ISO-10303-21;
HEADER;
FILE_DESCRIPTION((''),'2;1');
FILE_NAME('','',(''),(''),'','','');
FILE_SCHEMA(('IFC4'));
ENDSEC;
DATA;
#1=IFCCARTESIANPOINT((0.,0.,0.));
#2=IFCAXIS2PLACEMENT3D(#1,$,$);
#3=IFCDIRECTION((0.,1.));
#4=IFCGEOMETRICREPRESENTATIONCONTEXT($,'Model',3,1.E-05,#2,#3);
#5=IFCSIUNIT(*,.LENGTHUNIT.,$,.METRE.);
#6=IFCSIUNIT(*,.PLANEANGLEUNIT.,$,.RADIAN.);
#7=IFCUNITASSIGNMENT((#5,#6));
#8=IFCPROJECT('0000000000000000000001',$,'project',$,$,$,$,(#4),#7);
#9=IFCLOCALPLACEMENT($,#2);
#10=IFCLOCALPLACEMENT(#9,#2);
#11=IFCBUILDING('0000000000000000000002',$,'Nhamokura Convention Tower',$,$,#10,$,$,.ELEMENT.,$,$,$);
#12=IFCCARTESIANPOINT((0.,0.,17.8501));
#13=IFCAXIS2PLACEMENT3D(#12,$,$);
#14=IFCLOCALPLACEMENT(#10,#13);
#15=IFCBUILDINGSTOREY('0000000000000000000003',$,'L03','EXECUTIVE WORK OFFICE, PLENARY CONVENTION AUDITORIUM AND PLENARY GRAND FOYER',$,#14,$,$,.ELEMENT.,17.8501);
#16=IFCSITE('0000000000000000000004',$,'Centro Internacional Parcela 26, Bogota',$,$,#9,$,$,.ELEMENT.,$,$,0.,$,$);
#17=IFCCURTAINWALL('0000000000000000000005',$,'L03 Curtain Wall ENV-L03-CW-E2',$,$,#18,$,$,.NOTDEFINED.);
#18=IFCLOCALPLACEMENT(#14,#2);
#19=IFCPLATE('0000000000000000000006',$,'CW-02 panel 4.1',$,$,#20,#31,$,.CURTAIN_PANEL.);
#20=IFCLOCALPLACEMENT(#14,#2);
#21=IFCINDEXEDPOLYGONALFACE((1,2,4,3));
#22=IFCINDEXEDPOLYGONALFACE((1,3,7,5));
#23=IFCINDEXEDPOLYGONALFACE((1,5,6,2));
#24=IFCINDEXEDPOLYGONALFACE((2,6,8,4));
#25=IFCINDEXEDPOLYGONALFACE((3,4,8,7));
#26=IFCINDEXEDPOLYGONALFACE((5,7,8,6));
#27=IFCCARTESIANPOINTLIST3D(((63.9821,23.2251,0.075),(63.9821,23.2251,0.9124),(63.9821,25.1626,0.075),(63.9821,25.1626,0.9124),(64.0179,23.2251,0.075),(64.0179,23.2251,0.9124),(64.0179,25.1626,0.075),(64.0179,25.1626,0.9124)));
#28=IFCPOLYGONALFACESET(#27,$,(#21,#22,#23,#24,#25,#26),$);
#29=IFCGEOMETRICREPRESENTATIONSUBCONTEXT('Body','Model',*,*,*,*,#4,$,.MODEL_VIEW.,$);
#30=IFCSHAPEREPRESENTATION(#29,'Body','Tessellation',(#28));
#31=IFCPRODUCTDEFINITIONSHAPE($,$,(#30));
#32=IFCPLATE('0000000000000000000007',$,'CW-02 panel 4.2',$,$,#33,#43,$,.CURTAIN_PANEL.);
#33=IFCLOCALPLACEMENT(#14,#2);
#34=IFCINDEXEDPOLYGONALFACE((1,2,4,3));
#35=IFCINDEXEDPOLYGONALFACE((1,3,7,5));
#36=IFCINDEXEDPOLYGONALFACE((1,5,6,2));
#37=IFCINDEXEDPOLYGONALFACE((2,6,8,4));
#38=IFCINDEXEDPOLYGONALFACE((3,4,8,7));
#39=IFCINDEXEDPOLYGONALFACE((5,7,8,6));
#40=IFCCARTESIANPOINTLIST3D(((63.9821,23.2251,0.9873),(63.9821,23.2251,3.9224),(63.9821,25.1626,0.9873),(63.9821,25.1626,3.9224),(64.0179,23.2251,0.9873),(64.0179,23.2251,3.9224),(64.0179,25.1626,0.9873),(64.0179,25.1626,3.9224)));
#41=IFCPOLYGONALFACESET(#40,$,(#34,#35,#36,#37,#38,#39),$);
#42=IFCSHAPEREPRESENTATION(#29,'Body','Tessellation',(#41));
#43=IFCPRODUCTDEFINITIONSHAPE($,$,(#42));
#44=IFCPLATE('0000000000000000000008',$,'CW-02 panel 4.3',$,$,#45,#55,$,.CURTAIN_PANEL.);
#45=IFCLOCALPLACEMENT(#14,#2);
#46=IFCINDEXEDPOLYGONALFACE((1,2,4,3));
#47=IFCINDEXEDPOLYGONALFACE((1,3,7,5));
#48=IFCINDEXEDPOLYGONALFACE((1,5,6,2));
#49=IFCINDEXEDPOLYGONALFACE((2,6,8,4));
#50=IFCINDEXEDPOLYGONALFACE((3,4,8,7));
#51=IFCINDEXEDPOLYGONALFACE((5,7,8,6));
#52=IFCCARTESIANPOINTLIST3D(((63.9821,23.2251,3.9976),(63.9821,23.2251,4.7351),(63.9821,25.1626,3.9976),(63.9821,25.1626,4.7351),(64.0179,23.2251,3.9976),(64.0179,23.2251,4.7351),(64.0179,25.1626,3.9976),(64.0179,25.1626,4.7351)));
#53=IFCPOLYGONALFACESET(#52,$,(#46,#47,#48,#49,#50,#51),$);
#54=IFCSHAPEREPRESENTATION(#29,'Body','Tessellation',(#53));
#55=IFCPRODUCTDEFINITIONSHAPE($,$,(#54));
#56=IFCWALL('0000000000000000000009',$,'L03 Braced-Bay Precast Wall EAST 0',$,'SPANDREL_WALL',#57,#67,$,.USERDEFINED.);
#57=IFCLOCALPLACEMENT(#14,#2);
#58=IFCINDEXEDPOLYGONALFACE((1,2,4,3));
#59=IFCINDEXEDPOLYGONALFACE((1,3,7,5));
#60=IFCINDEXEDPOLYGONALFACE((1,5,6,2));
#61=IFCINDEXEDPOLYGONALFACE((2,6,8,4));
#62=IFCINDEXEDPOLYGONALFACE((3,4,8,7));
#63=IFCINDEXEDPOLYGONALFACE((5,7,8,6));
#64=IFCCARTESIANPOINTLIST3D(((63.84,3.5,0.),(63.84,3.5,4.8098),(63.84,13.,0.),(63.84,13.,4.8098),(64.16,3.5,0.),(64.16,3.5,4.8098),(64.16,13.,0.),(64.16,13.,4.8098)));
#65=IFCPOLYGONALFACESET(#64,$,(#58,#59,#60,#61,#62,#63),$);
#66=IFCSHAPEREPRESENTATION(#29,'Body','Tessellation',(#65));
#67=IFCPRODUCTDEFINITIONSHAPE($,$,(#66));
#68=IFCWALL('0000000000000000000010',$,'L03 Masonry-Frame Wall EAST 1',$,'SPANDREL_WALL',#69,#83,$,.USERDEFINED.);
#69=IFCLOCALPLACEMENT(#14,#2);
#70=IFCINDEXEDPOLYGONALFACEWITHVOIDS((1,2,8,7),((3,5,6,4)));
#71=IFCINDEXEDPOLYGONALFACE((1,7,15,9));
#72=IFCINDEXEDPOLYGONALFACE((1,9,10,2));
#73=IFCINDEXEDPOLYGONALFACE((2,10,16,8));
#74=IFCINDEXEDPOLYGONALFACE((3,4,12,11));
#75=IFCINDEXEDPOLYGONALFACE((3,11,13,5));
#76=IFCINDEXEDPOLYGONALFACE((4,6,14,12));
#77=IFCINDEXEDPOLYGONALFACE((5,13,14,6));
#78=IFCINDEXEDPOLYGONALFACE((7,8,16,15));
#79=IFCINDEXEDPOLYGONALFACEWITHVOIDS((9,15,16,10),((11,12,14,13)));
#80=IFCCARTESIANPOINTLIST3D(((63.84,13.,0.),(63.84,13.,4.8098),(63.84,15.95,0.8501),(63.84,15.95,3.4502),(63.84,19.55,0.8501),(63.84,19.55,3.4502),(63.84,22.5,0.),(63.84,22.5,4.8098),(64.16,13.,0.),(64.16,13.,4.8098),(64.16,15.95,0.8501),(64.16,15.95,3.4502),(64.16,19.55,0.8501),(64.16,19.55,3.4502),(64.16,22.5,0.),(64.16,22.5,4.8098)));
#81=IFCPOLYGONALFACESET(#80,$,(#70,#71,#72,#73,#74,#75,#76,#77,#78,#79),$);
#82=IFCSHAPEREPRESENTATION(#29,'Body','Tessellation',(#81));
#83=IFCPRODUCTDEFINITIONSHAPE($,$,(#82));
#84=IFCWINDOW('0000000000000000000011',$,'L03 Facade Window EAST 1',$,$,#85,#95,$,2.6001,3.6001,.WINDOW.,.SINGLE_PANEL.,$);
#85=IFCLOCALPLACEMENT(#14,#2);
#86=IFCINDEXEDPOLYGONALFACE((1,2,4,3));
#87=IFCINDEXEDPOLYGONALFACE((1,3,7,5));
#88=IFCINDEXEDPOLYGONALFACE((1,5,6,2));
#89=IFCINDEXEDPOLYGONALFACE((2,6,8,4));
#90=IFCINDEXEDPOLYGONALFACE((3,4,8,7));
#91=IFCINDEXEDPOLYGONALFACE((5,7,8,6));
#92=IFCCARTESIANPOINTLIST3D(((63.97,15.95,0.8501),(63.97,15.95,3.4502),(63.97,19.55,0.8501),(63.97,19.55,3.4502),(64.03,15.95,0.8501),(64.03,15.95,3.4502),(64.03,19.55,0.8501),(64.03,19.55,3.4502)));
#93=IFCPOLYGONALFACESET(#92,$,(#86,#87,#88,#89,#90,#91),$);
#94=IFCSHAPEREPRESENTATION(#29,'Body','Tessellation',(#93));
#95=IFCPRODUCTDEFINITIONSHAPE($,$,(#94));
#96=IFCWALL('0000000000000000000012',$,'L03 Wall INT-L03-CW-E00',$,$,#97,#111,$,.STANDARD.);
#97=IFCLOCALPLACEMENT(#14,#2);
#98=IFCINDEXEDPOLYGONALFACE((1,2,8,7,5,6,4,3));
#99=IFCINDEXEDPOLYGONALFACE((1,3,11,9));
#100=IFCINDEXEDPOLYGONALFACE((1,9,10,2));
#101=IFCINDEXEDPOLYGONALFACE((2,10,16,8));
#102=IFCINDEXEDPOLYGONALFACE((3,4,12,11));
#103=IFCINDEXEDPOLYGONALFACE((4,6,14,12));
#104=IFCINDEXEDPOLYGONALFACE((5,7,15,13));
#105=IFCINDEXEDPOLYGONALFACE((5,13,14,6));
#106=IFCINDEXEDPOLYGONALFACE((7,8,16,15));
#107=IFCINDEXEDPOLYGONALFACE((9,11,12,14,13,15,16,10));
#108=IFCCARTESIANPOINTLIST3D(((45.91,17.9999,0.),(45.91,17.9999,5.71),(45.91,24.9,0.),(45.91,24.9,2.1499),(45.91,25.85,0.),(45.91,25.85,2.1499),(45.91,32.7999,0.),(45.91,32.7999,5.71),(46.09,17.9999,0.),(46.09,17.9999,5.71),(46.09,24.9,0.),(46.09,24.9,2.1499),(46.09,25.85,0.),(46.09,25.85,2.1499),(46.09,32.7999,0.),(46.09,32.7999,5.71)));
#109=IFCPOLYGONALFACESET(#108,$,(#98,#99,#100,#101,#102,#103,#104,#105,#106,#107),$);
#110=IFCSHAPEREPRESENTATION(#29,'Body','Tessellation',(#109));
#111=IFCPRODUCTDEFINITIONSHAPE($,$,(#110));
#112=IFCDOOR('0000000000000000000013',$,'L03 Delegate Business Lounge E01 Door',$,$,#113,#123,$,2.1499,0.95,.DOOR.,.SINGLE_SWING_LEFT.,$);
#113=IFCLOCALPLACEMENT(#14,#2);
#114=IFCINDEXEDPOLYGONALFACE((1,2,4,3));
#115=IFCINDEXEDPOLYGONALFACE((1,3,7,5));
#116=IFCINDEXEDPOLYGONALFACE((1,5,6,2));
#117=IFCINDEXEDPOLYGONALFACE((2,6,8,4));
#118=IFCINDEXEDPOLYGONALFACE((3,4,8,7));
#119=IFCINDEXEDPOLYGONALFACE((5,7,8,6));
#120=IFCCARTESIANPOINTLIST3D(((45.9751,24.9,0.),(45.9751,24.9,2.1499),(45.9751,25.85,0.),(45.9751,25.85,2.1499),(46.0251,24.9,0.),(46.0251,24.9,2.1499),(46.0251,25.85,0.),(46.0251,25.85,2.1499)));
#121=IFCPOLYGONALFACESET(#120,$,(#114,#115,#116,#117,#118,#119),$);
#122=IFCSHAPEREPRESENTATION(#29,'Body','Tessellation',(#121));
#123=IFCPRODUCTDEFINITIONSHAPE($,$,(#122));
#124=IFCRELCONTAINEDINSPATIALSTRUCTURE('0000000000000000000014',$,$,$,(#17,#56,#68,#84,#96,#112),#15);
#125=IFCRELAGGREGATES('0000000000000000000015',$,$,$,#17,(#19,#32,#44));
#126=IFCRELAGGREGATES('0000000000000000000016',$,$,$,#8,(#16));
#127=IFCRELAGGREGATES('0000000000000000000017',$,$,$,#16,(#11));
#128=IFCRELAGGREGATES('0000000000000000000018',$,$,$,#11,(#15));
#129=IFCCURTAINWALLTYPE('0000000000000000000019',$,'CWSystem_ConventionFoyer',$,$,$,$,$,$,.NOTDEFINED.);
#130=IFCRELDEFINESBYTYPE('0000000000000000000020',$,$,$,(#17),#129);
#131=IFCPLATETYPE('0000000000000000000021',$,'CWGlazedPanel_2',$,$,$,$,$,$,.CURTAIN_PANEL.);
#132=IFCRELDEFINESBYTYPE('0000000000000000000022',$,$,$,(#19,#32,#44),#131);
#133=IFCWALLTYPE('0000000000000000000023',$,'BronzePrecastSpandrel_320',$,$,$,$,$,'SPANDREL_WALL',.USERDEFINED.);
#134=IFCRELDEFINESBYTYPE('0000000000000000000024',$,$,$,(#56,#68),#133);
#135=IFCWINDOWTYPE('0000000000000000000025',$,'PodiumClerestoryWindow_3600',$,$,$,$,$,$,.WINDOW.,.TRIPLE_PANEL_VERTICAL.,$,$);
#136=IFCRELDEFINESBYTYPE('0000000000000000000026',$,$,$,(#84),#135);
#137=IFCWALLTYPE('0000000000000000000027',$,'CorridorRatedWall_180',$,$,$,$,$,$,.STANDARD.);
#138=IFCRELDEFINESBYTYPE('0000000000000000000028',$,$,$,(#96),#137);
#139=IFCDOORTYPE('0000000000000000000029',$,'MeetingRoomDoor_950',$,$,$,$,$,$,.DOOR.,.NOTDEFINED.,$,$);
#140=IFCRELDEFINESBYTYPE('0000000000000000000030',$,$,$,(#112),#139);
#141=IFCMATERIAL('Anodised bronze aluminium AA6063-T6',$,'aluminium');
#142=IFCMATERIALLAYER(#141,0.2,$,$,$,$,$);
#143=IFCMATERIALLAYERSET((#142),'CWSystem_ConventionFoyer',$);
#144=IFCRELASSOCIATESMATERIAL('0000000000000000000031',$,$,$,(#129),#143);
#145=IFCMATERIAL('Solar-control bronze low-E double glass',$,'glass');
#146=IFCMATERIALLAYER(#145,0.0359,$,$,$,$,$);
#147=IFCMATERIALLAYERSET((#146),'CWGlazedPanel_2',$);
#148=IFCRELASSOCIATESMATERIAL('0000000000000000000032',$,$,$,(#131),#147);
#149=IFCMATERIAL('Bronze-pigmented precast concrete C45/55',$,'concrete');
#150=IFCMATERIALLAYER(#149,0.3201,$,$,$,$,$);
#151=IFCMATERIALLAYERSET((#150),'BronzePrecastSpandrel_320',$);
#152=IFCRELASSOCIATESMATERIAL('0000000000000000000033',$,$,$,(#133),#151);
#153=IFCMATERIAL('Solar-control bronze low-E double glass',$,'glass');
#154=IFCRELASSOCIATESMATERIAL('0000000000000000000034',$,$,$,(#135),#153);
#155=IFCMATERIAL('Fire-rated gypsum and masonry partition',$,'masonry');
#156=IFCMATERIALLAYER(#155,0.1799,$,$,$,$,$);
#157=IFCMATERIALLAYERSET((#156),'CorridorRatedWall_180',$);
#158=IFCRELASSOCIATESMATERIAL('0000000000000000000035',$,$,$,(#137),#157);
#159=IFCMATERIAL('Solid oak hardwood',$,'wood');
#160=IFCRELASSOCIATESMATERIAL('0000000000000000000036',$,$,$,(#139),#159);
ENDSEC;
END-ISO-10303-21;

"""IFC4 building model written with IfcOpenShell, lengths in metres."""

from ifc_helpers import new_model, si_unit, direction, frame, frame_2d, origin, origin_2d, place, context, subcontext, project, spatial, rectangle, extrude, material, layer, layer_set, type_object, element, fill, aggregate, save


model = new_model("IFC4")

# Units and contexts
model_context = context("Model", 3, precision=1e-05, world=origin(), true_north=direction((0.0, 1.0)))
body_context = subcontext(model_context, "Body", "Model", "MODEL_VIEW")
ifc_project = project(units=[si_unit("LENGTHUNIT", "METRE"), si_unit("PLANEANGLEUNIT", "RADIAN")], contexts=[model_context])

# Site, building, storey
site_placement = place(None, origin())
site = spatial("IfcSite", under=ifc_project, at=site_placement, Name="Centro Internacional Parcela 26, Bogota", CompositionType="ELEMENT", RefElevation=0.0)
building_placement = place(site_placement, origin())
building = spatial("IfcBuilding", under=site, at=building_placement, Name="Nhamokura Convention Tower", CompositionType="ELEMENT")
storey_placement = place(building_placement, frame((0.0, 0.0, 17.8501)))
storey = spatial("IfcBuildingStorey", under=building, at=storey_placement, Name="L03", Description="EXECUTIVE WORK OFFICE, PLENARY CONVENTION AUDITORIUM AND PLENARY GRAND FOYER", CompositionType="ELEMENT", Elevation=17.8501)

# Curtain wall
ifc_material_1 = material(Name="Anodised bronze aluminium AA6063-T6", Category="aluminium")
ifc_layer_1 = layer(ifc_material_1, 0.2)
ifc_layer_set_1 = layer_set([ifc_layer_1], Name="CWSystem_ConventionFoyer")
curtain_wall_type = type_object("IfcCurtainWallType", Name="CWSystem_ConventionFoyer", PredefinedType="NOTDEFINED", material=ifc_layer_set_1)
curtain_wall_placement = place(storey_placement, origin())
curtain_wall = element("IfcCurtainWall", 1, at=curtain_wall_placement, inside=storey, type_object=curtain_wall_type, Name="L03 Curtain Wall ENV-L03-CW-E2", PredefinedType="NOTDEFINED")

# Plates
ifc_material_2 = material(Name="Solar-control bronze low-E double glass", Category="glass")
ifc_layer_2 = layer(ifc_material_2, 0.0359)
ifc_layer_set_2 = layer_set([ifc_layer_2], Name="CWGlazedPanel_2")
plate_type = type_object("IfcPlateType", Name="CWGlazedPanel_2", PredefinedType="CURTAIN_PANEL", material=ifc_layer_set_2)
plate_1_placement = place(storey_placement, frame((64.0, 24.1938, 0.075), z_axis=(0.0, 0.0, 1.0), x_axis=(0.0, -1.0, 0.0)))
plate_1 = element("IfcPlate", 2, at=plate_1_placement, type_object=plate_type, Name="CW-02 panel 4.1", PredefinedType="CURTAIN_PANEL", context=body_context, shape_type="SweptSolid", body=[
    extrude(rectangle(XDim=1.9375, YDim=0.0359, at=origin_2d()), origin(), (0.0, 0.0, 1.0), 0.8374),
])
plate_2_placement = place(storey_placement, frame((64.0, 24.1938, 0.9873), z_axis=(0.0, 0.0, 1.0), x_axis=(0.0, -1.0, 0.0)))
plate_2 = element("IfcPlate", 3, at=plate_2_placement, type_object=plate_type, Name="CW-02 panel 4.2", PredefinedType="CURTAIN_PANEL", context=body_context, shape_type="SweptSolid", body=[
    extrude(rectangle(XDim=1.9375, YDim=0.0359, at=origin_2d()), origin(), (0.0, 0.0, 1.0), 2.9351),
])
plate_3_placement = place(storey_placement, frame((64.0, 24.1938, 3.9976), z_axis=(0.0, 0.0, 1.0), x_axis=(0.0, -1.0, 0.0)))
plate_3 = element("IfcPlate", 4, at=plate_3_placement, type_object=plate_type, Name="CW-02 panel 4.3", PredefinedType="CURTAIN_PANEL", context=body_context, shape_type="SweptSolid", body=[
    extrude(rectangle(XDim=1.9375, YDim=0.0359, at=origin_2d()), origin(), (0.0, 0.0, 1.0), 0.7375),
])
aggregate(curtain_wall, [plate_1, plate_2, plate_3])

# Wall
ifc_material_3 = material(Name="Bronze-pigmented precast concrete C45/55", Category="concrete")
ifc_layer_3 = layer(ifc_material_3, 0.3201)
ifc_layer_set_3 = layer_set([ifc_layer_3], Name="BronzePrecastSpandrel_320")
wall_type_1 = type_object("IfcWallType", Name="BronzePrecastSpandrel_320", ElementType="SPANDREL_WALL", PredefinedType="USERDEFINED", material=ifc_layer_set_3)
wall_1_placement = place(storey_placement, frame((64.0, 13.0, 0.0), z_axis=(0.0, 0.0, 1.0), x_axis=(0.0, -1.0, 0.0)))
element("IfcWall", 5, at=wall_1_placement, inside=storey, type_object=wall_type_1, Name="L03 Braced-Bay Precast Wall EAST 0", ObjectType="SPANDREL_WALL", PredefinedType="USERDEFINED", context=body_context, shape_type="SweptSolid", body=[
    extrude(rectangle(XDim=9.5, YDim=0.3201, at=frame_2d((4.75, 0.0))), origin(), (0.0, 0.0, 1.0), 4.8098),
])

# Wall, opening, window
wall_2_placement = place(storey_placement, frame((64.0, 22.5, 0.0), z_axis=(0.0, 0.0, 1.0), x_axis=(0.0, -1.0, 0.0)))
wall_2 = element("IfcWall", 6, at=wall_2_placement, inside=storey, type_object=wall_type_1, Name="L03 Masonry-Frame Wall EAST 1", ObjectType="SPANDREL_WALL", PredefinedType="USERDEFINED", context=body_context, shape_type="SweptSolid", body=[
    extrude(rectangle(XDim=9.5, YDim=0.3201, at=frame_2d((4.75, 0.0))), origin(), (0.0, 0.0, 1.0), 4.8098),
])
opening_1_placement = place(wall_2_placement, frame((2.95, 0.0, 0.8501)))
opening_1 = element("IfcOpeningElement", 7, at=opening_1_placement, cuts=wall_2, PredefinedType="OPENING", context=body_context, shape_type="SweptSolid", body=[
    extrude(rectangle(XDim=3.6001, YDim=2.6001, at=frame_2d((1.8, 1.3))), frame((0.0, 0.1699, 0.0), z_axis=(0.0, -1.0, 0.0), x_axis=(1.0, 0.0, 0.0)), (0.0, 0.0, 1.0), 0.3401),
])
ifc_material_4 = material(Name="Solar-control bronze low-E double glass", Category="glass")
window_type = type_object("IfcWindowType", Name="PodiumClerestoryWindow_3600", PartitioningType="TRIPLE_PANEL_VERTICAL", PredefinedType="WINDOW", material=ifc_material_4)
window_placement = place(opening_1_placement, origin())
window = element("IfcWindow", 8, at=window_placement, inside=storey, type_object=window_type, Name="L03 Facade Window EAST 1", OverallHeight=2.6001, OverallWidth=3.6001, PartitioningType="SINGLE_PANEL", PredefinedType="WINDOW", context=body_context, shape_type="SweptSolid", body=[
    extrude(rectangle(XDim=3.6001, YDim=2.6001, at=frame_2d((1.8, 1.3))), frame((0.0, 0.03, 0.0), z_axis=(0.0, -1.0, 0.0), x_axis=(1.0, 0.0, 0.0)), (0.0, 0.0, 1.0), 0.0601),
])
fill(opening_1, window)

# Wall, opening, door
ifc_material_5 = material(Name="Fire-rated gypsum and masonry partition", Category="masonry")
ifc_layer_4 = layer(ifc_material_5, 0.1799)
ifc_layer_set_4 = layer_set([ifc_layer_4], Name="CorridorRatedWall_180")
wall_type_2 = type_object("IfcWallType", Name="CorridorRatedWall_180", PredefinedType="STANDARD", material=ifc_layer_set_4)
wall_3_placement = place(storey_placement, frame((46.0, 18.0, 0.0), z_axis=(0.0, 0.0, 1.0), x_axis=(0.0, 1.0, 0.0)))
wall_3 = element("IfcWall", 9, at=wall_3_placement, inside=storey, type_object=wall_type_2, Name="L03 Wall INT-L03-CW-E00", PredefinedType="STANDARD", context=body_context, shape_type="SweptSolid", body=[
    extrude(rectangle(XDim=14.8, YDim=0.1799, at=frame_2d((7.3999, 0.0))), origin(), (0.0, 0.0, 1.0), 5.71),
])
opening_2_placement = place(wall_3_placement, frame((6.8999, 0.0, 0.0)))
opening_2 = element("IfcOpeningElement", 10, at=opening_2_placement, cuts=wall_3, PredefinedType="OPENING", context=body_context, shape_type="SweptSolid", body=[
    extrude(rectangle(XDim=0.95, YDim=2.1499, at=frame_2d((0.4751, 1.075))), frame((0.0, 0.0999, 0.0), z_axis=(0.0, -1.0, 0.0), x_axis=(1.0, 0.0, 0.0)), (0.0, 0.0, 1.0), 0.2),
])
ifc_material_6 = material(Name="Solid oak hardwood", Category="wood")
door_type = type_object("IfcDoorType", Name="MeetingRoomDoor_950", OperationType="NOTDEFINED", PredefinedType="DOOR", material=ifc_material_6)
door_placement = place(opening_2_placement, origin())
door = element("IfcDoor", 11, at=door_placement, inside=storey, type_object=door_type, Name="L03 Delegate Business Lounge E01 Door", OperationType="SINGLE_SWING_LEFT", OverallHeight=2.1499, OverallWidth=0.95, PredefinedType="DOOR", context=body_context, shape_type="SweptSolid", body=[
    extrude(rectangle(XDim=0.95, YDim=2.1499, at=frame_2d((0.4751, 1.075))), frame((0.0, 0.0249, 0.0), z_axis=(0.0, -1.0, 0.0), x_axis=(1.0, 0.0, 0.0)), (0.0, 0.0, 1.0), 0.05),
])
fill(opening_2, door)

save(model, "model.ifc")
